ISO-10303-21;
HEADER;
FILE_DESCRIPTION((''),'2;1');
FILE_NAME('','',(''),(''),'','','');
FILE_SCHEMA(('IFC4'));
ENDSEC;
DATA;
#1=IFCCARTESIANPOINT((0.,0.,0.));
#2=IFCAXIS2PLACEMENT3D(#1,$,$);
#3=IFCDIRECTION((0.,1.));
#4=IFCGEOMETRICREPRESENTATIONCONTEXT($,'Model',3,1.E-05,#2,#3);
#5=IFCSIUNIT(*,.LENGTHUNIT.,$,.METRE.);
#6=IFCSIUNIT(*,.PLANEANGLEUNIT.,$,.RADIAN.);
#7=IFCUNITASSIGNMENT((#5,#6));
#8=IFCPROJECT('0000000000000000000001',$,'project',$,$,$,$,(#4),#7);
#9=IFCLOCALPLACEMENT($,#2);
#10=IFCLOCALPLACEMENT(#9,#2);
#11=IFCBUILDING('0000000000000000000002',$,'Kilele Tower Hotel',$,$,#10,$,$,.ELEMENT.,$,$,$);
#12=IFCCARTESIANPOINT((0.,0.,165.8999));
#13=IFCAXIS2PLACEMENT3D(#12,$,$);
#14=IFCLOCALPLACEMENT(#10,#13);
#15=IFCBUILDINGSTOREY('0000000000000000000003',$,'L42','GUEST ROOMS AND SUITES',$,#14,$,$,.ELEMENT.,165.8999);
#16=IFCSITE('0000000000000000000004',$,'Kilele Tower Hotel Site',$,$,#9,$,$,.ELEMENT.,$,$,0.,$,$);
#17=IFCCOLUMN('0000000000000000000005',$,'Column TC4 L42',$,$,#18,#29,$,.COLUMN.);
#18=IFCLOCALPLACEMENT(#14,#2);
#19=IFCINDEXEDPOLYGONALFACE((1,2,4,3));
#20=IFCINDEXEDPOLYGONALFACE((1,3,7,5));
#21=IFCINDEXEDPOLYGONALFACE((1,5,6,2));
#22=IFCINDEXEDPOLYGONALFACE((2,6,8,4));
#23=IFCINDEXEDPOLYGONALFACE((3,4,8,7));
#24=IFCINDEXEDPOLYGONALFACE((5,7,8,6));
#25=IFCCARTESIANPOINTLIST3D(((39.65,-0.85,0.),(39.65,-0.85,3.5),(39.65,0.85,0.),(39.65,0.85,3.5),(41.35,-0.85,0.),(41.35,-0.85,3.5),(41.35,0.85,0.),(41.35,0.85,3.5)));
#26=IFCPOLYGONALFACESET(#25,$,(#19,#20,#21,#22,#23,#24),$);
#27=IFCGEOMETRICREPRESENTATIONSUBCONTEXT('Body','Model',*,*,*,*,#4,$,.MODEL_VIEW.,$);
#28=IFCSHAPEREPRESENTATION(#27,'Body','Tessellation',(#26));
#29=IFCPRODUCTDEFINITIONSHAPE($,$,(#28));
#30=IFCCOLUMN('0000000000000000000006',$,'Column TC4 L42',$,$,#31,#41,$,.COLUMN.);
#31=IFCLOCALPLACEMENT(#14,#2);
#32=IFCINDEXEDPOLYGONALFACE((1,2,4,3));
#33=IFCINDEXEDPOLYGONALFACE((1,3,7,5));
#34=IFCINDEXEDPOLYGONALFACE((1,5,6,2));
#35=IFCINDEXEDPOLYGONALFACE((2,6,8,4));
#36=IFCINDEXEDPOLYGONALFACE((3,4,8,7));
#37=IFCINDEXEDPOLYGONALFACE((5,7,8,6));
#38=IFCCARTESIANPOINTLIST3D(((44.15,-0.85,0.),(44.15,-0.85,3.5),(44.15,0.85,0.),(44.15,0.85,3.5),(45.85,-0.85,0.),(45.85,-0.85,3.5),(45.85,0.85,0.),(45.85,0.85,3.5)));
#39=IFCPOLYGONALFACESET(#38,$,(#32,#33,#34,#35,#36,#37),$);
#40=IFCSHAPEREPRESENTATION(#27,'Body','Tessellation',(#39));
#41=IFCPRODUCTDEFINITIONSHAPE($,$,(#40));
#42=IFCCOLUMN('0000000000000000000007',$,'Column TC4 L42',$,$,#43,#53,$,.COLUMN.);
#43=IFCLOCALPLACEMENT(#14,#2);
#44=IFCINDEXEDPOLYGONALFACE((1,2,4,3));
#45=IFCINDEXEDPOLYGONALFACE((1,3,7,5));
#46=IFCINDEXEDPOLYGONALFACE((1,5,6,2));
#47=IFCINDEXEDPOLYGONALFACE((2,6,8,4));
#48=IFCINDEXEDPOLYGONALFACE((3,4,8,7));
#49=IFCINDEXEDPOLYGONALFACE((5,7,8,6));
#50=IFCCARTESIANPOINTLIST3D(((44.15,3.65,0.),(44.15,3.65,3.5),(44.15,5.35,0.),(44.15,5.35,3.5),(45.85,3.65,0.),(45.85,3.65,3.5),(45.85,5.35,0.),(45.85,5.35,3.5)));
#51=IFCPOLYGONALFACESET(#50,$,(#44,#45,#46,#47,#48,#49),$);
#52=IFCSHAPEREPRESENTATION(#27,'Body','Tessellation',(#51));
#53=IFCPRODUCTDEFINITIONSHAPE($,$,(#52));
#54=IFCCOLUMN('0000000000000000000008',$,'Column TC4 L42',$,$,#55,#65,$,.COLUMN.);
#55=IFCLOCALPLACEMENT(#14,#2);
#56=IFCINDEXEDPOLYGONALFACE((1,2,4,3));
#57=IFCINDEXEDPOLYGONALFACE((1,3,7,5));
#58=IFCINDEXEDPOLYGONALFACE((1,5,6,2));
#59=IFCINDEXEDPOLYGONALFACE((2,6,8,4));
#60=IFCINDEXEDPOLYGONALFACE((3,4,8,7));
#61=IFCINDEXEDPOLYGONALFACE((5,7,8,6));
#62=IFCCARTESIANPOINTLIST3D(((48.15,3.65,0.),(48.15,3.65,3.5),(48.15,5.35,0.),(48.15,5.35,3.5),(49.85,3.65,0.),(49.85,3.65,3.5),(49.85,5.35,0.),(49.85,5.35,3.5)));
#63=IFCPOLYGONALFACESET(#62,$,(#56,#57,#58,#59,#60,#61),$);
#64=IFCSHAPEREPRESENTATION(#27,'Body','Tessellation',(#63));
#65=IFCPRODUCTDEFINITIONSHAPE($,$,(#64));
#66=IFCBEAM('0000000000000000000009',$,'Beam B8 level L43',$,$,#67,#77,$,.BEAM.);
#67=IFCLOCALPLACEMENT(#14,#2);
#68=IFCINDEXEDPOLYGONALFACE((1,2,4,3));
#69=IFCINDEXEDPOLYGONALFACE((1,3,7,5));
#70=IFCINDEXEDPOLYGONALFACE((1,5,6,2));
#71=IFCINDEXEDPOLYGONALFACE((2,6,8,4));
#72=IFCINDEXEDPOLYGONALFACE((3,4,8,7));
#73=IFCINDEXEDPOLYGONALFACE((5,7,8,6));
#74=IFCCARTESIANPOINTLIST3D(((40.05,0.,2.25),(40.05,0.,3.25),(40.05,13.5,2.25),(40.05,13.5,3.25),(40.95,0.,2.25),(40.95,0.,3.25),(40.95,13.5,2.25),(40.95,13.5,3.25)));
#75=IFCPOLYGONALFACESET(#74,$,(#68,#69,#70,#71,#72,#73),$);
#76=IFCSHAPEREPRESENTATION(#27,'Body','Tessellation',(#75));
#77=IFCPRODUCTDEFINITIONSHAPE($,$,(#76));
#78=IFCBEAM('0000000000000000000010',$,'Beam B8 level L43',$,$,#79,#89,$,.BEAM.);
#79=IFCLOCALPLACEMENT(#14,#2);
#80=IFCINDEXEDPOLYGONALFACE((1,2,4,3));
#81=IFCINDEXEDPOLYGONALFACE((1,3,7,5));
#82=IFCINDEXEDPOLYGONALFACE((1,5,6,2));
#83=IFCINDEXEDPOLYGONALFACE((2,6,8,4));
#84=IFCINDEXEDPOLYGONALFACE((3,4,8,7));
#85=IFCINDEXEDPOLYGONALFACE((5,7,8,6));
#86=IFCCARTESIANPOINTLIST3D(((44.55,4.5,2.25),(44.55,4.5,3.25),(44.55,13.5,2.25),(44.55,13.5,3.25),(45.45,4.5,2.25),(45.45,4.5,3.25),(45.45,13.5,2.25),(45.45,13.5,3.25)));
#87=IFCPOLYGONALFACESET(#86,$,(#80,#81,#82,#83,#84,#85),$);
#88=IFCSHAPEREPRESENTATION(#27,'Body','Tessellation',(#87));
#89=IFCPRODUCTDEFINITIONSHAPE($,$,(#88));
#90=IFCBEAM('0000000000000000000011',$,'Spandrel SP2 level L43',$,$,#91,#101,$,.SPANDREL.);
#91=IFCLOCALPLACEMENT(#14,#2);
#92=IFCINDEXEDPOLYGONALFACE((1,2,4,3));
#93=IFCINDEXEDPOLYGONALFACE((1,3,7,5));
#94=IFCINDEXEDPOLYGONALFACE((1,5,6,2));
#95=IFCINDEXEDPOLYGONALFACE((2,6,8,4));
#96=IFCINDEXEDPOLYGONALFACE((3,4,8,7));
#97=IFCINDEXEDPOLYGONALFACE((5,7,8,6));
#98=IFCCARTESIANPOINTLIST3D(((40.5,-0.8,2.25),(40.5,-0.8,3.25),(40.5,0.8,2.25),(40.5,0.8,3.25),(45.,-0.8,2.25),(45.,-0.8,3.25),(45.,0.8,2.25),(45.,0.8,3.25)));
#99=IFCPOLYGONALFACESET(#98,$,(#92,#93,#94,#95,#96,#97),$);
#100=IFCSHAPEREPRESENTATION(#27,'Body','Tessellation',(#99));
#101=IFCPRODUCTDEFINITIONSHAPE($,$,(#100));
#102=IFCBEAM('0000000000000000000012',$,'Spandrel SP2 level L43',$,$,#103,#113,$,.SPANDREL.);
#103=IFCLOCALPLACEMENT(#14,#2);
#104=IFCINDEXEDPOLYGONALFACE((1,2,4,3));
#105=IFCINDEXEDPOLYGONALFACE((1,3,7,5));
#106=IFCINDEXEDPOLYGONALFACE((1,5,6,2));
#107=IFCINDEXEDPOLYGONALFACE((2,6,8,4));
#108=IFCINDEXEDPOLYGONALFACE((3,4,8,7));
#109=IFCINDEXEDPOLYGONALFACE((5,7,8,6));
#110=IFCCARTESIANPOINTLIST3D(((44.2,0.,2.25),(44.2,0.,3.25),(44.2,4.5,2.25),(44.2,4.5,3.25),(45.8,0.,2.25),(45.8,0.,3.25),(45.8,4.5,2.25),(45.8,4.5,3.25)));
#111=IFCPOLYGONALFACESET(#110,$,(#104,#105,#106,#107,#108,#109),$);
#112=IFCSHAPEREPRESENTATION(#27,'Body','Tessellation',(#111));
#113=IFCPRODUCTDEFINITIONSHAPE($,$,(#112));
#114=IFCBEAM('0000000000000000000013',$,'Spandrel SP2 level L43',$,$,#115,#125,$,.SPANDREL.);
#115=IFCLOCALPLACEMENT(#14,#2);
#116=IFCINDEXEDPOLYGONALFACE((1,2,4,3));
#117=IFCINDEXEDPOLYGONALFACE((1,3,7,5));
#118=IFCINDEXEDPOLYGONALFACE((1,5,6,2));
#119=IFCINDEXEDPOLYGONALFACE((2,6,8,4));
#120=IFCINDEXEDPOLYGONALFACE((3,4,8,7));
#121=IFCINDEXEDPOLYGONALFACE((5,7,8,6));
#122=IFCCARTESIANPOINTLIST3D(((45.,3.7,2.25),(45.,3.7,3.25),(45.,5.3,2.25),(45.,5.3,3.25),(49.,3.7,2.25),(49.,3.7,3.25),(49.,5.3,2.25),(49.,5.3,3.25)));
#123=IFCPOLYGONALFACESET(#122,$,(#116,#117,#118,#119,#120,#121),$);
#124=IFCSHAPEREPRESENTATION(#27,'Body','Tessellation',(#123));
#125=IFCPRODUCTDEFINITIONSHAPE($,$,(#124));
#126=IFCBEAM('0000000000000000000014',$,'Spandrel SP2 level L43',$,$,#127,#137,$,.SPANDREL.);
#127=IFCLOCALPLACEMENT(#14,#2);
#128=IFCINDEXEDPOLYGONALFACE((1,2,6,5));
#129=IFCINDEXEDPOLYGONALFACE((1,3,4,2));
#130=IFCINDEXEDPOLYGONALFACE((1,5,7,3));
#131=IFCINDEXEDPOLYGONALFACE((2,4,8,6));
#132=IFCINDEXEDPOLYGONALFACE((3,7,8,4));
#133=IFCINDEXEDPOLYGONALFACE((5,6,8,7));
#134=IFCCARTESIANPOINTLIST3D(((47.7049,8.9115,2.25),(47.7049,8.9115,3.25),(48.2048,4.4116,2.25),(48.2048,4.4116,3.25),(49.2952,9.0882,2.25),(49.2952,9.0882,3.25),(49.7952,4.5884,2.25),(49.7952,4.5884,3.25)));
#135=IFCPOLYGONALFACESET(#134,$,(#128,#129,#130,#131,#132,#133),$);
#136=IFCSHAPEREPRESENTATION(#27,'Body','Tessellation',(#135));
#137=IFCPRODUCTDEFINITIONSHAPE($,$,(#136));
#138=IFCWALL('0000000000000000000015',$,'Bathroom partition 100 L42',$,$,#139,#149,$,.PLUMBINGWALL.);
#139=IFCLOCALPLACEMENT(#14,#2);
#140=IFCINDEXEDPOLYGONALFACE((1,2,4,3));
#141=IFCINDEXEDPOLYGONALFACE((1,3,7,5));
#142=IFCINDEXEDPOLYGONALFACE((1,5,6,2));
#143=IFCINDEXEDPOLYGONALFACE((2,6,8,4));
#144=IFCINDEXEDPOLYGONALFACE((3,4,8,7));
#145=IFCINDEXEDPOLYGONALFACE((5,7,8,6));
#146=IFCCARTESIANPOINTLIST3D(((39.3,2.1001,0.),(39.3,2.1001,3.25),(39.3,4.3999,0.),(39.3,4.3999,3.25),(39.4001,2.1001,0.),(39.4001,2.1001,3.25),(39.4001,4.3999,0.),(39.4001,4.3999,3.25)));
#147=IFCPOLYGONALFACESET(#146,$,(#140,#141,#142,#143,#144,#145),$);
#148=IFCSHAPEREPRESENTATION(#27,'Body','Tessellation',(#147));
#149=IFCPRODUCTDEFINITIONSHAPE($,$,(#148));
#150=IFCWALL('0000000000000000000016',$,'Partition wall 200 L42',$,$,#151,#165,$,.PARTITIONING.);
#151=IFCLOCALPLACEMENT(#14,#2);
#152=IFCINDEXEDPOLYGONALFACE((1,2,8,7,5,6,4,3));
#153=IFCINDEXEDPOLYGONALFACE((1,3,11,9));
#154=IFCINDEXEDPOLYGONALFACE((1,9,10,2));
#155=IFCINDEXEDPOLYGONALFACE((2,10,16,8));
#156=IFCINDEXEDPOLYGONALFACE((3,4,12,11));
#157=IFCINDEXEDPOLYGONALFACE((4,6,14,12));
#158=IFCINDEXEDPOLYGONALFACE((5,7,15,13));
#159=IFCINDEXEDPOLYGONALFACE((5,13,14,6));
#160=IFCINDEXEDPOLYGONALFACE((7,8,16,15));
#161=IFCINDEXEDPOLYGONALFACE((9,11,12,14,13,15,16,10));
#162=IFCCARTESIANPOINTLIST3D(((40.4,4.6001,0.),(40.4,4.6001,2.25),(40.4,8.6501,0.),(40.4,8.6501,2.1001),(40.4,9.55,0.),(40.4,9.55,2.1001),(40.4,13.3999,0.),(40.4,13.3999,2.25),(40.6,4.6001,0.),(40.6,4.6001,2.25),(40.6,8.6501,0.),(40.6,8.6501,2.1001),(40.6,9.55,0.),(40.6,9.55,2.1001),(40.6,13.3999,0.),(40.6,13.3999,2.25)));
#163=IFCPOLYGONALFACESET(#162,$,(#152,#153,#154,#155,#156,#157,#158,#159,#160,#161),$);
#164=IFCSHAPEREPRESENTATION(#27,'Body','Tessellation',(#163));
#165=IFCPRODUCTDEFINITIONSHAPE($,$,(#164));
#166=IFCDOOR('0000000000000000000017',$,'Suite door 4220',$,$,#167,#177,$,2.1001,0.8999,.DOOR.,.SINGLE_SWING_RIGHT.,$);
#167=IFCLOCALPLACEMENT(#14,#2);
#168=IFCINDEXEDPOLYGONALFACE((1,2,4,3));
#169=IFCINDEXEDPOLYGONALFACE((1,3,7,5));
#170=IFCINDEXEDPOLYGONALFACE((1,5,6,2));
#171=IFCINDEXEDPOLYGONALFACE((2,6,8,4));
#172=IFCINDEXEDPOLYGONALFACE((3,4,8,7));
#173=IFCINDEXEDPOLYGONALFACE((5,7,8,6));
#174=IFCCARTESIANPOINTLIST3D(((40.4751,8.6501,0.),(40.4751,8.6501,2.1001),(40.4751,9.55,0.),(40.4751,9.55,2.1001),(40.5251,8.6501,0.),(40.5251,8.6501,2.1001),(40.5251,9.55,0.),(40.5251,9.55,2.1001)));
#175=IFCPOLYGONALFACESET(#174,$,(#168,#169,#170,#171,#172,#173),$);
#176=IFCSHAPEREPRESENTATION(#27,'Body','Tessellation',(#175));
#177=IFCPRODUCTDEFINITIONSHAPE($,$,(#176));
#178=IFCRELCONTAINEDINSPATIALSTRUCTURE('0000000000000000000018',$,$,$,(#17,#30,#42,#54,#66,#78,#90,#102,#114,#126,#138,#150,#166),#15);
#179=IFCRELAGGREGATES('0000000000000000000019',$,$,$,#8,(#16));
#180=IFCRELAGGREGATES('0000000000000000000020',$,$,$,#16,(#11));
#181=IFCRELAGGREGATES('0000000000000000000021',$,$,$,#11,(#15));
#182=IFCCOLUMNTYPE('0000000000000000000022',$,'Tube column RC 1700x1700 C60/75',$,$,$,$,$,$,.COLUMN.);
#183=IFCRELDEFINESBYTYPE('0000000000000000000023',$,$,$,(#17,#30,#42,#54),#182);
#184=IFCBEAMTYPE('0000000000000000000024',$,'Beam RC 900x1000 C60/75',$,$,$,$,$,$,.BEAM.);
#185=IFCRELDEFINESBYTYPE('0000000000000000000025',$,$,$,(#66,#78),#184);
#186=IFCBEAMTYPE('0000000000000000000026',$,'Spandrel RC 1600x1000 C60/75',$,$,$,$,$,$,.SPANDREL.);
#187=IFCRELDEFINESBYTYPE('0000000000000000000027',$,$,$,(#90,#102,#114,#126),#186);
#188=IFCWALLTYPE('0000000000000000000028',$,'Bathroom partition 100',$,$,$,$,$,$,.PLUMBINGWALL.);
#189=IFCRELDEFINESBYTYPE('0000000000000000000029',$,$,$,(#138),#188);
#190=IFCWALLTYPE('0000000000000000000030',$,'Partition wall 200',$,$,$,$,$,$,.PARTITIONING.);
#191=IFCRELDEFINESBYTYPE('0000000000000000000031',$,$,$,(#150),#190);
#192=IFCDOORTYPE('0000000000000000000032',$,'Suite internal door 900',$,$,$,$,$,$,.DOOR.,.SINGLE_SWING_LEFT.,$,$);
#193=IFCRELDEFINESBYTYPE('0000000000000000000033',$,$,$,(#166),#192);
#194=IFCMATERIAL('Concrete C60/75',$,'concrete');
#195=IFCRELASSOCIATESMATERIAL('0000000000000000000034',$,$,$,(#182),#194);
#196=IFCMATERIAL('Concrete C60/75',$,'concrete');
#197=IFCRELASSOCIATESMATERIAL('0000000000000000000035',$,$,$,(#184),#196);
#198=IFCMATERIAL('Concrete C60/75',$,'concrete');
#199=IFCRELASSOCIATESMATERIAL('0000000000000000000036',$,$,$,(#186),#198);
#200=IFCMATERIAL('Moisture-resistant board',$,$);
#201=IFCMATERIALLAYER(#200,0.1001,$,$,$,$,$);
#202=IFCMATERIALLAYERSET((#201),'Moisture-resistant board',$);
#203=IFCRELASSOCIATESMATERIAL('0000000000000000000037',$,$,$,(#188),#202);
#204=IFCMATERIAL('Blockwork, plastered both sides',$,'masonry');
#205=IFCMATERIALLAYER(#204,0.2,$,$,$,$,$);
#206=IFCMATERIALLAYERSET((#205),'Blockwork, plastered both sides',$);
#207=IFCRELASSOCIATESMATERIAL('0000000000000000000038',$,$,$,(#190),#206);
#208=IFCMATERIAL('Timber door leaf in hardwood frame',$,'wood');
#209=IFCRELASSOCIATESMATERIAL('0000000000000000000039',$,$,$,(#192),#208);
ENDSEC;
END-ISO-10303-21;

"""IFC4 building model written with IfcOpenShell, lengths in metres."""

from ifc_helpers import new_model, si_unit, direction, frame, frame_2d, origin, origin_2d, place, context, subcontext, project, spatial, rectangle, extrude, material, layer, layer_set, material_profile, profile_set, type_object, element, fill, save


model = new_model("IFC4")

# Units and contexts
model_context = context("Model", 3, precision=1e-05, world=origin(), true_north=direction((0.0, 1.0)))
body_context = subcontext(model_context, "Body", "Model", "MODEL_VIEW")
ifc_project = project(units=[si_unit("LENGTHUNIT", "METRE"), si_unit("PLANEANGLEUNIT", "RADIAN")], contexts=[model_context])

# Site, building, storey
site_placement = place(None, origin())
site = spatial("IfcSite", under=ifc_project, at=site_placement, Name="Kilele Tower Hotel Site", CompositionType="ELEMENT", RefElevation=0.0)
building_placement = place(site_placement, origin())
building = spatial("IfcBuilding", under=site, at=building_placement, Name="Kilele Tower Hotel", CompositionType="ELEMENT")
storey_placement = place(building_placement, frame((0.0, 0.0, 165.8999)))
storey = spatial("IfcBuildingStorey", under=building, at=storey_placement, Name="L42", Description="GUEST ROOMS AND SUITES", CompositionType="ELEMENT", Elevation=165.8999)

# Columns
ifc_material_1 = material(Name="Concrete C60/75", Category="concrete")
ifc_material_profile_1 = material_profile(ifc_material_1, rectangle(XDim=1.7, YDim=1.7, at=origin_2d()))
ifc_profile_set_1 = profile_set([ifc_material_profile_1], Name="Concrete C60/75")
column_type = type_object("IfcColumnType", Name="Tube column RC 1700x1700 C60/75", PredefinedType="COLUMN", material=ifc_profile_set_1)
for number, where, z_axis, x_axis, name in (
    (1, (40.5, 0.0, 0.0), (0.0, 0.0, 1.0), (1.0, 0.0, 0.0), "Column TC4 L42"),
    (2, (45.0, 0.0, 0.0), (0.0, 0.0, 1.0), (1.0, 0.0, 0.0), "Column TC4 L42"),
    (3, (45.0, 4.5, 0.0), (0.0, 0.0, 1.0), (1.0, 0.0, 0.0), "Column TC4 L42"),
    (4, (49.0, 4.5, 0.0), (0.0, 0.0, 1.0), (1.0, 0.0, 0.0), "Column TC4 L42"),
):
    element("IfcColumn", number, at=place(storey_placement, frame(where, z_axis=z_axis, x_axis=x_axis)), inside=storey, type_object=column_type, Name=name, PredefinedType="COLUMN", context=body_context, shape_type="SweptSolid", body=[
        extrude(rectangle(XDim=1.7, YDim=1.7, at=origin_2d()), origin(), (0.0, 0.0, 1.0), 3.5),
    ])

# Beams
ifc_material_2 = material(Name="Concrete C60/75", Category="concrete")
ifc_material_profile_2 = material_profile(ifc_material_2, rectangle(XDim=0.8999, YDim=1.0, at=origin_2d()))
ifc_profile_set_2 = profile_set([ifc_material_profile_2], Name="Concrete C60/75")
beam_type_1 = type_object("IfcBeamType", Name="Beam RC 900x1000 C60/75", PredefinedType="BEAM", material=ifc_profile_set_2)
beam_1_placement = place(storey_placement, frame((40.5, 0.0, 2.75), z_axis=(0.0, 1.0, 0.0), x_axis=(-1.0, 0.0, 0.0)))
element("IfcBeam", 5, at=beam_1_placement, inside=storey, type_object=beam_type_1, Name="Beam B8 level L43", PredefinedType="BEAM", context=body_context, shape_type="SweptSolid", body=[
    extrude(rectangle(XDim=0.8999, YDim=1.0, at=origin_2d()), origin(), (0.0, 0.0, 1.0), 13.5),
])
beam_2_placement = place(storey_placement, frame((45.0, 4.5, 2.75), z_axis=(0.0, 1.0, 0.0), x_axis=(-1.0, 0.0, 0.0)))
element("IfcBeam", 6, at=beam_2_placement, inside=storey, type_object=beam_type_1, Name="Beam B8 level L43", PredefinedType="BEAM", context=body_context, shape_type="SweptSolid", body=[
    extrude(rectangle(XDim=0.8999, YDim=1.0, at=origin_2d()), origin(), (0.0, 0.0, 1.0), 9.0),
])
ifc_material_3 = material(Name="Concrete C60/75", Category="concrete")
ifc_material_profile_3 = material_profile(ifc_material_3, rectangle(XDim=1.6001, YDim=1.0, at=origin_2d()))
ifc_profile_set_3 = profile_set([ifc_material_profile_3], Name="Concrete C60/75")
beam_type_2 = type_object("IfcBeamType", Name="Spandrel RC 1600x1000 C60/75", PredefinedType="SPANDREL", material=ifc_profile_set_3)
for number, where, z_axis, x_axis, name in (
    (7, (40.5, 0.0, 2.75), (1.0, 0.0, 0.0), (0.0, 1.0, 0.0), "Spandrel SP2 level L43"),
    (8, (45.0, 0.0, 2.75), (0.0, 1.0, 0.0), (-1.0, 0.0, 0.0), "Spandrel SP2 level L43"),
):
    element("IfcBeam", number, at=place(storey_placement, frame(where, z_axis=z_axis, x_axis=x_axis)), inside=storey, type_object=beam_type_2, Name=name, PredefinedType="SPANDREL", context=body_context, shape_type="SweptSolid", body=[
        extrude(rectangle(XDim=1.6001, YDim=1.0, at=origin_2d()), origin(), (0.0, 0.0, 1.0), 4.5),
    ])
beam_3_placement = place(storey_placement, frame((45.0, 4.5, 2.75), z_axis=(1.0, 0.0, 0.0), x_axis=(0.0, 1.0, 0.0)))
element("IfcBeam", 9, at=beam_3_placement, inside=storey, type_object=beam_type_2, Name="Spandrel SP2 level L43", PredefinedType="SPANDREL", context=body_context, shape_type="SweptSolid", body=[
    extrude(rectangle(XDim=1.6001, YDim=1.0, at=origin_2d()), origin(), (0.0, 0.0, 1.0), 4.0),
])
beam_4_placement = place(storey_placement, frame((49.0, 4.5, 2.75), z_axis=(-0.110432, 0.993884, 0.0), x_axis=(-0.993884, -0.110432, 0.0)))
element("IfcBeam", 10, at=beam_4_placement, inside=storey, type_object=beam_type_2, Name="Spandrel SP2 level L43", PredefinedType="SPANDREL", context=body_context, shape_type="SweptSolid", body=[
    extrude(rectangle(XDim=1.6001, YDim=1.0, at=origin_2d()), origin(), (0.0, 0.0, 1.0), 4.5276),
])

# Wall
ifc_material_4 = material(Name="Moisture-resistant board")
ifc_layer_1 = layer(ifc_material_4, 0.1001)
ifc_layer_set_1 = layer_set([ifc_layer_1], Name="Moisture-resistant board")
wall_type_1 = type_object("IfcWallType", Name="Bathroom partition 100", PredefinedType="PLUMBINGWALL", material=ifc_layer_set_1)
wall_1_placement = place(storey_placement, frame((39.3501, 4.3999, 0.0), z_axis=(0.0, 0.0, 1.0), x_axis=(0.0, -1.0, 0.0)))
element("IfcWall", 11, at=wall_1_placement, inside=storey, type_object=wall_type_1, Name="Bathroom partition 100 L42", PredefinedType="PLUMBINGWALL", context=body_context, shape_type="SweptSolid", body=[
    extrude(rectangle(XDim=2.2998, YDim=0.1001, at=frame_2d((1.1499, 0.0))), origin(), (0.0, 0.0, 1.0), 3.25),
])

# Wall, opening, door
ifc_material_5 = material(Name="Blockwork, plastered both sides", Category="masonry")
ifc_layer_2 = layer(ifc_material_5, 0.2)
ifc_layer_set_2 = layer_set([ifc_layer_2], Name="Blockwork, plastered both sides")
wall_type_2 = type_object("IfcWallType", Name="Partition wall 200", PredefinedType="PARTITIONING", material=ifc_layer_set_2)
wall_2_placement = place(storey_placement, frame((40.5, 4.6001, 0.0), z_axis=(0.0, 0.0, 1.0), x_axis=(0.0, 1.0, 0.0)))
wall_2 = element("IfcWall", 12, at=wall_2_placement, inside=storey, type_object=wall_type_2, Name="Partition wall 200 L42", PredefinedType="PARTITIONING", context=body_context, shape_type="SweptSolid", body=[
    extrude(rectangle(XDim=8.7998, YDim=0.2, at=frame_2d((4.3999, 0.0))), origin(), (0.0, 0.0, 1.0), 2.25),
])
opening_1_placement = place(wall_2_placement, frame((4.05, 0.0, 0.0)))
opening_1 = element("IfcOpeningElement", 13, at=opening_1_placement, cuts=wall_2, PredefinedType="OPENING", context=body_context, shape_type="SweptSolid", body=[
    extrude(rectangle(XDim=0.8999, YDim=2.1001, at=frame_2d((0.45, 1.05))), frame((0.0, 0.1099, 0.0), z_axis=(0.0, -1.0, 0.0), x_axis=(1.0, 0.0, 0.0)), (0.0, 0.0, 1.0), 0.22),
])
ifc_material_6 = material(Name="Timber door leaf in hardwood frame", Category="wood")
door_type = type_object("IfcDoorType", Name="Suite internal door 900", OperationType="SINGLE_SWING_LEFT", PredefinedType="DOOR", material=ifc_material_6)
door_placement = place(opening_1_placement, origin())
door = element("IfcDoor", 14, at=door_placement, inside=storey, type_object=door_type, Name="Suite door 4220", OperationType="SINGLE_SWING_RIGHT", OverallHeight=2.1001, OverallWidth=0.8999, PredefinedType="DOOR", context=body_context, shape_type="SweptSolid", body=[
    extrude(rectangle(XDim=0.8999, YDim=2.1001, at=frame_2d((0.45, 1.05))), frame((0.0, 0.0249, 0.0), z_axis=(0.0, -1.0, 0.0), x_axis=(1.0, 0.0, 0.0)), (0.0, 0.0, 1.0), 0.05),
])
fill(opening_1, door)

save(model, "model.ifc")
